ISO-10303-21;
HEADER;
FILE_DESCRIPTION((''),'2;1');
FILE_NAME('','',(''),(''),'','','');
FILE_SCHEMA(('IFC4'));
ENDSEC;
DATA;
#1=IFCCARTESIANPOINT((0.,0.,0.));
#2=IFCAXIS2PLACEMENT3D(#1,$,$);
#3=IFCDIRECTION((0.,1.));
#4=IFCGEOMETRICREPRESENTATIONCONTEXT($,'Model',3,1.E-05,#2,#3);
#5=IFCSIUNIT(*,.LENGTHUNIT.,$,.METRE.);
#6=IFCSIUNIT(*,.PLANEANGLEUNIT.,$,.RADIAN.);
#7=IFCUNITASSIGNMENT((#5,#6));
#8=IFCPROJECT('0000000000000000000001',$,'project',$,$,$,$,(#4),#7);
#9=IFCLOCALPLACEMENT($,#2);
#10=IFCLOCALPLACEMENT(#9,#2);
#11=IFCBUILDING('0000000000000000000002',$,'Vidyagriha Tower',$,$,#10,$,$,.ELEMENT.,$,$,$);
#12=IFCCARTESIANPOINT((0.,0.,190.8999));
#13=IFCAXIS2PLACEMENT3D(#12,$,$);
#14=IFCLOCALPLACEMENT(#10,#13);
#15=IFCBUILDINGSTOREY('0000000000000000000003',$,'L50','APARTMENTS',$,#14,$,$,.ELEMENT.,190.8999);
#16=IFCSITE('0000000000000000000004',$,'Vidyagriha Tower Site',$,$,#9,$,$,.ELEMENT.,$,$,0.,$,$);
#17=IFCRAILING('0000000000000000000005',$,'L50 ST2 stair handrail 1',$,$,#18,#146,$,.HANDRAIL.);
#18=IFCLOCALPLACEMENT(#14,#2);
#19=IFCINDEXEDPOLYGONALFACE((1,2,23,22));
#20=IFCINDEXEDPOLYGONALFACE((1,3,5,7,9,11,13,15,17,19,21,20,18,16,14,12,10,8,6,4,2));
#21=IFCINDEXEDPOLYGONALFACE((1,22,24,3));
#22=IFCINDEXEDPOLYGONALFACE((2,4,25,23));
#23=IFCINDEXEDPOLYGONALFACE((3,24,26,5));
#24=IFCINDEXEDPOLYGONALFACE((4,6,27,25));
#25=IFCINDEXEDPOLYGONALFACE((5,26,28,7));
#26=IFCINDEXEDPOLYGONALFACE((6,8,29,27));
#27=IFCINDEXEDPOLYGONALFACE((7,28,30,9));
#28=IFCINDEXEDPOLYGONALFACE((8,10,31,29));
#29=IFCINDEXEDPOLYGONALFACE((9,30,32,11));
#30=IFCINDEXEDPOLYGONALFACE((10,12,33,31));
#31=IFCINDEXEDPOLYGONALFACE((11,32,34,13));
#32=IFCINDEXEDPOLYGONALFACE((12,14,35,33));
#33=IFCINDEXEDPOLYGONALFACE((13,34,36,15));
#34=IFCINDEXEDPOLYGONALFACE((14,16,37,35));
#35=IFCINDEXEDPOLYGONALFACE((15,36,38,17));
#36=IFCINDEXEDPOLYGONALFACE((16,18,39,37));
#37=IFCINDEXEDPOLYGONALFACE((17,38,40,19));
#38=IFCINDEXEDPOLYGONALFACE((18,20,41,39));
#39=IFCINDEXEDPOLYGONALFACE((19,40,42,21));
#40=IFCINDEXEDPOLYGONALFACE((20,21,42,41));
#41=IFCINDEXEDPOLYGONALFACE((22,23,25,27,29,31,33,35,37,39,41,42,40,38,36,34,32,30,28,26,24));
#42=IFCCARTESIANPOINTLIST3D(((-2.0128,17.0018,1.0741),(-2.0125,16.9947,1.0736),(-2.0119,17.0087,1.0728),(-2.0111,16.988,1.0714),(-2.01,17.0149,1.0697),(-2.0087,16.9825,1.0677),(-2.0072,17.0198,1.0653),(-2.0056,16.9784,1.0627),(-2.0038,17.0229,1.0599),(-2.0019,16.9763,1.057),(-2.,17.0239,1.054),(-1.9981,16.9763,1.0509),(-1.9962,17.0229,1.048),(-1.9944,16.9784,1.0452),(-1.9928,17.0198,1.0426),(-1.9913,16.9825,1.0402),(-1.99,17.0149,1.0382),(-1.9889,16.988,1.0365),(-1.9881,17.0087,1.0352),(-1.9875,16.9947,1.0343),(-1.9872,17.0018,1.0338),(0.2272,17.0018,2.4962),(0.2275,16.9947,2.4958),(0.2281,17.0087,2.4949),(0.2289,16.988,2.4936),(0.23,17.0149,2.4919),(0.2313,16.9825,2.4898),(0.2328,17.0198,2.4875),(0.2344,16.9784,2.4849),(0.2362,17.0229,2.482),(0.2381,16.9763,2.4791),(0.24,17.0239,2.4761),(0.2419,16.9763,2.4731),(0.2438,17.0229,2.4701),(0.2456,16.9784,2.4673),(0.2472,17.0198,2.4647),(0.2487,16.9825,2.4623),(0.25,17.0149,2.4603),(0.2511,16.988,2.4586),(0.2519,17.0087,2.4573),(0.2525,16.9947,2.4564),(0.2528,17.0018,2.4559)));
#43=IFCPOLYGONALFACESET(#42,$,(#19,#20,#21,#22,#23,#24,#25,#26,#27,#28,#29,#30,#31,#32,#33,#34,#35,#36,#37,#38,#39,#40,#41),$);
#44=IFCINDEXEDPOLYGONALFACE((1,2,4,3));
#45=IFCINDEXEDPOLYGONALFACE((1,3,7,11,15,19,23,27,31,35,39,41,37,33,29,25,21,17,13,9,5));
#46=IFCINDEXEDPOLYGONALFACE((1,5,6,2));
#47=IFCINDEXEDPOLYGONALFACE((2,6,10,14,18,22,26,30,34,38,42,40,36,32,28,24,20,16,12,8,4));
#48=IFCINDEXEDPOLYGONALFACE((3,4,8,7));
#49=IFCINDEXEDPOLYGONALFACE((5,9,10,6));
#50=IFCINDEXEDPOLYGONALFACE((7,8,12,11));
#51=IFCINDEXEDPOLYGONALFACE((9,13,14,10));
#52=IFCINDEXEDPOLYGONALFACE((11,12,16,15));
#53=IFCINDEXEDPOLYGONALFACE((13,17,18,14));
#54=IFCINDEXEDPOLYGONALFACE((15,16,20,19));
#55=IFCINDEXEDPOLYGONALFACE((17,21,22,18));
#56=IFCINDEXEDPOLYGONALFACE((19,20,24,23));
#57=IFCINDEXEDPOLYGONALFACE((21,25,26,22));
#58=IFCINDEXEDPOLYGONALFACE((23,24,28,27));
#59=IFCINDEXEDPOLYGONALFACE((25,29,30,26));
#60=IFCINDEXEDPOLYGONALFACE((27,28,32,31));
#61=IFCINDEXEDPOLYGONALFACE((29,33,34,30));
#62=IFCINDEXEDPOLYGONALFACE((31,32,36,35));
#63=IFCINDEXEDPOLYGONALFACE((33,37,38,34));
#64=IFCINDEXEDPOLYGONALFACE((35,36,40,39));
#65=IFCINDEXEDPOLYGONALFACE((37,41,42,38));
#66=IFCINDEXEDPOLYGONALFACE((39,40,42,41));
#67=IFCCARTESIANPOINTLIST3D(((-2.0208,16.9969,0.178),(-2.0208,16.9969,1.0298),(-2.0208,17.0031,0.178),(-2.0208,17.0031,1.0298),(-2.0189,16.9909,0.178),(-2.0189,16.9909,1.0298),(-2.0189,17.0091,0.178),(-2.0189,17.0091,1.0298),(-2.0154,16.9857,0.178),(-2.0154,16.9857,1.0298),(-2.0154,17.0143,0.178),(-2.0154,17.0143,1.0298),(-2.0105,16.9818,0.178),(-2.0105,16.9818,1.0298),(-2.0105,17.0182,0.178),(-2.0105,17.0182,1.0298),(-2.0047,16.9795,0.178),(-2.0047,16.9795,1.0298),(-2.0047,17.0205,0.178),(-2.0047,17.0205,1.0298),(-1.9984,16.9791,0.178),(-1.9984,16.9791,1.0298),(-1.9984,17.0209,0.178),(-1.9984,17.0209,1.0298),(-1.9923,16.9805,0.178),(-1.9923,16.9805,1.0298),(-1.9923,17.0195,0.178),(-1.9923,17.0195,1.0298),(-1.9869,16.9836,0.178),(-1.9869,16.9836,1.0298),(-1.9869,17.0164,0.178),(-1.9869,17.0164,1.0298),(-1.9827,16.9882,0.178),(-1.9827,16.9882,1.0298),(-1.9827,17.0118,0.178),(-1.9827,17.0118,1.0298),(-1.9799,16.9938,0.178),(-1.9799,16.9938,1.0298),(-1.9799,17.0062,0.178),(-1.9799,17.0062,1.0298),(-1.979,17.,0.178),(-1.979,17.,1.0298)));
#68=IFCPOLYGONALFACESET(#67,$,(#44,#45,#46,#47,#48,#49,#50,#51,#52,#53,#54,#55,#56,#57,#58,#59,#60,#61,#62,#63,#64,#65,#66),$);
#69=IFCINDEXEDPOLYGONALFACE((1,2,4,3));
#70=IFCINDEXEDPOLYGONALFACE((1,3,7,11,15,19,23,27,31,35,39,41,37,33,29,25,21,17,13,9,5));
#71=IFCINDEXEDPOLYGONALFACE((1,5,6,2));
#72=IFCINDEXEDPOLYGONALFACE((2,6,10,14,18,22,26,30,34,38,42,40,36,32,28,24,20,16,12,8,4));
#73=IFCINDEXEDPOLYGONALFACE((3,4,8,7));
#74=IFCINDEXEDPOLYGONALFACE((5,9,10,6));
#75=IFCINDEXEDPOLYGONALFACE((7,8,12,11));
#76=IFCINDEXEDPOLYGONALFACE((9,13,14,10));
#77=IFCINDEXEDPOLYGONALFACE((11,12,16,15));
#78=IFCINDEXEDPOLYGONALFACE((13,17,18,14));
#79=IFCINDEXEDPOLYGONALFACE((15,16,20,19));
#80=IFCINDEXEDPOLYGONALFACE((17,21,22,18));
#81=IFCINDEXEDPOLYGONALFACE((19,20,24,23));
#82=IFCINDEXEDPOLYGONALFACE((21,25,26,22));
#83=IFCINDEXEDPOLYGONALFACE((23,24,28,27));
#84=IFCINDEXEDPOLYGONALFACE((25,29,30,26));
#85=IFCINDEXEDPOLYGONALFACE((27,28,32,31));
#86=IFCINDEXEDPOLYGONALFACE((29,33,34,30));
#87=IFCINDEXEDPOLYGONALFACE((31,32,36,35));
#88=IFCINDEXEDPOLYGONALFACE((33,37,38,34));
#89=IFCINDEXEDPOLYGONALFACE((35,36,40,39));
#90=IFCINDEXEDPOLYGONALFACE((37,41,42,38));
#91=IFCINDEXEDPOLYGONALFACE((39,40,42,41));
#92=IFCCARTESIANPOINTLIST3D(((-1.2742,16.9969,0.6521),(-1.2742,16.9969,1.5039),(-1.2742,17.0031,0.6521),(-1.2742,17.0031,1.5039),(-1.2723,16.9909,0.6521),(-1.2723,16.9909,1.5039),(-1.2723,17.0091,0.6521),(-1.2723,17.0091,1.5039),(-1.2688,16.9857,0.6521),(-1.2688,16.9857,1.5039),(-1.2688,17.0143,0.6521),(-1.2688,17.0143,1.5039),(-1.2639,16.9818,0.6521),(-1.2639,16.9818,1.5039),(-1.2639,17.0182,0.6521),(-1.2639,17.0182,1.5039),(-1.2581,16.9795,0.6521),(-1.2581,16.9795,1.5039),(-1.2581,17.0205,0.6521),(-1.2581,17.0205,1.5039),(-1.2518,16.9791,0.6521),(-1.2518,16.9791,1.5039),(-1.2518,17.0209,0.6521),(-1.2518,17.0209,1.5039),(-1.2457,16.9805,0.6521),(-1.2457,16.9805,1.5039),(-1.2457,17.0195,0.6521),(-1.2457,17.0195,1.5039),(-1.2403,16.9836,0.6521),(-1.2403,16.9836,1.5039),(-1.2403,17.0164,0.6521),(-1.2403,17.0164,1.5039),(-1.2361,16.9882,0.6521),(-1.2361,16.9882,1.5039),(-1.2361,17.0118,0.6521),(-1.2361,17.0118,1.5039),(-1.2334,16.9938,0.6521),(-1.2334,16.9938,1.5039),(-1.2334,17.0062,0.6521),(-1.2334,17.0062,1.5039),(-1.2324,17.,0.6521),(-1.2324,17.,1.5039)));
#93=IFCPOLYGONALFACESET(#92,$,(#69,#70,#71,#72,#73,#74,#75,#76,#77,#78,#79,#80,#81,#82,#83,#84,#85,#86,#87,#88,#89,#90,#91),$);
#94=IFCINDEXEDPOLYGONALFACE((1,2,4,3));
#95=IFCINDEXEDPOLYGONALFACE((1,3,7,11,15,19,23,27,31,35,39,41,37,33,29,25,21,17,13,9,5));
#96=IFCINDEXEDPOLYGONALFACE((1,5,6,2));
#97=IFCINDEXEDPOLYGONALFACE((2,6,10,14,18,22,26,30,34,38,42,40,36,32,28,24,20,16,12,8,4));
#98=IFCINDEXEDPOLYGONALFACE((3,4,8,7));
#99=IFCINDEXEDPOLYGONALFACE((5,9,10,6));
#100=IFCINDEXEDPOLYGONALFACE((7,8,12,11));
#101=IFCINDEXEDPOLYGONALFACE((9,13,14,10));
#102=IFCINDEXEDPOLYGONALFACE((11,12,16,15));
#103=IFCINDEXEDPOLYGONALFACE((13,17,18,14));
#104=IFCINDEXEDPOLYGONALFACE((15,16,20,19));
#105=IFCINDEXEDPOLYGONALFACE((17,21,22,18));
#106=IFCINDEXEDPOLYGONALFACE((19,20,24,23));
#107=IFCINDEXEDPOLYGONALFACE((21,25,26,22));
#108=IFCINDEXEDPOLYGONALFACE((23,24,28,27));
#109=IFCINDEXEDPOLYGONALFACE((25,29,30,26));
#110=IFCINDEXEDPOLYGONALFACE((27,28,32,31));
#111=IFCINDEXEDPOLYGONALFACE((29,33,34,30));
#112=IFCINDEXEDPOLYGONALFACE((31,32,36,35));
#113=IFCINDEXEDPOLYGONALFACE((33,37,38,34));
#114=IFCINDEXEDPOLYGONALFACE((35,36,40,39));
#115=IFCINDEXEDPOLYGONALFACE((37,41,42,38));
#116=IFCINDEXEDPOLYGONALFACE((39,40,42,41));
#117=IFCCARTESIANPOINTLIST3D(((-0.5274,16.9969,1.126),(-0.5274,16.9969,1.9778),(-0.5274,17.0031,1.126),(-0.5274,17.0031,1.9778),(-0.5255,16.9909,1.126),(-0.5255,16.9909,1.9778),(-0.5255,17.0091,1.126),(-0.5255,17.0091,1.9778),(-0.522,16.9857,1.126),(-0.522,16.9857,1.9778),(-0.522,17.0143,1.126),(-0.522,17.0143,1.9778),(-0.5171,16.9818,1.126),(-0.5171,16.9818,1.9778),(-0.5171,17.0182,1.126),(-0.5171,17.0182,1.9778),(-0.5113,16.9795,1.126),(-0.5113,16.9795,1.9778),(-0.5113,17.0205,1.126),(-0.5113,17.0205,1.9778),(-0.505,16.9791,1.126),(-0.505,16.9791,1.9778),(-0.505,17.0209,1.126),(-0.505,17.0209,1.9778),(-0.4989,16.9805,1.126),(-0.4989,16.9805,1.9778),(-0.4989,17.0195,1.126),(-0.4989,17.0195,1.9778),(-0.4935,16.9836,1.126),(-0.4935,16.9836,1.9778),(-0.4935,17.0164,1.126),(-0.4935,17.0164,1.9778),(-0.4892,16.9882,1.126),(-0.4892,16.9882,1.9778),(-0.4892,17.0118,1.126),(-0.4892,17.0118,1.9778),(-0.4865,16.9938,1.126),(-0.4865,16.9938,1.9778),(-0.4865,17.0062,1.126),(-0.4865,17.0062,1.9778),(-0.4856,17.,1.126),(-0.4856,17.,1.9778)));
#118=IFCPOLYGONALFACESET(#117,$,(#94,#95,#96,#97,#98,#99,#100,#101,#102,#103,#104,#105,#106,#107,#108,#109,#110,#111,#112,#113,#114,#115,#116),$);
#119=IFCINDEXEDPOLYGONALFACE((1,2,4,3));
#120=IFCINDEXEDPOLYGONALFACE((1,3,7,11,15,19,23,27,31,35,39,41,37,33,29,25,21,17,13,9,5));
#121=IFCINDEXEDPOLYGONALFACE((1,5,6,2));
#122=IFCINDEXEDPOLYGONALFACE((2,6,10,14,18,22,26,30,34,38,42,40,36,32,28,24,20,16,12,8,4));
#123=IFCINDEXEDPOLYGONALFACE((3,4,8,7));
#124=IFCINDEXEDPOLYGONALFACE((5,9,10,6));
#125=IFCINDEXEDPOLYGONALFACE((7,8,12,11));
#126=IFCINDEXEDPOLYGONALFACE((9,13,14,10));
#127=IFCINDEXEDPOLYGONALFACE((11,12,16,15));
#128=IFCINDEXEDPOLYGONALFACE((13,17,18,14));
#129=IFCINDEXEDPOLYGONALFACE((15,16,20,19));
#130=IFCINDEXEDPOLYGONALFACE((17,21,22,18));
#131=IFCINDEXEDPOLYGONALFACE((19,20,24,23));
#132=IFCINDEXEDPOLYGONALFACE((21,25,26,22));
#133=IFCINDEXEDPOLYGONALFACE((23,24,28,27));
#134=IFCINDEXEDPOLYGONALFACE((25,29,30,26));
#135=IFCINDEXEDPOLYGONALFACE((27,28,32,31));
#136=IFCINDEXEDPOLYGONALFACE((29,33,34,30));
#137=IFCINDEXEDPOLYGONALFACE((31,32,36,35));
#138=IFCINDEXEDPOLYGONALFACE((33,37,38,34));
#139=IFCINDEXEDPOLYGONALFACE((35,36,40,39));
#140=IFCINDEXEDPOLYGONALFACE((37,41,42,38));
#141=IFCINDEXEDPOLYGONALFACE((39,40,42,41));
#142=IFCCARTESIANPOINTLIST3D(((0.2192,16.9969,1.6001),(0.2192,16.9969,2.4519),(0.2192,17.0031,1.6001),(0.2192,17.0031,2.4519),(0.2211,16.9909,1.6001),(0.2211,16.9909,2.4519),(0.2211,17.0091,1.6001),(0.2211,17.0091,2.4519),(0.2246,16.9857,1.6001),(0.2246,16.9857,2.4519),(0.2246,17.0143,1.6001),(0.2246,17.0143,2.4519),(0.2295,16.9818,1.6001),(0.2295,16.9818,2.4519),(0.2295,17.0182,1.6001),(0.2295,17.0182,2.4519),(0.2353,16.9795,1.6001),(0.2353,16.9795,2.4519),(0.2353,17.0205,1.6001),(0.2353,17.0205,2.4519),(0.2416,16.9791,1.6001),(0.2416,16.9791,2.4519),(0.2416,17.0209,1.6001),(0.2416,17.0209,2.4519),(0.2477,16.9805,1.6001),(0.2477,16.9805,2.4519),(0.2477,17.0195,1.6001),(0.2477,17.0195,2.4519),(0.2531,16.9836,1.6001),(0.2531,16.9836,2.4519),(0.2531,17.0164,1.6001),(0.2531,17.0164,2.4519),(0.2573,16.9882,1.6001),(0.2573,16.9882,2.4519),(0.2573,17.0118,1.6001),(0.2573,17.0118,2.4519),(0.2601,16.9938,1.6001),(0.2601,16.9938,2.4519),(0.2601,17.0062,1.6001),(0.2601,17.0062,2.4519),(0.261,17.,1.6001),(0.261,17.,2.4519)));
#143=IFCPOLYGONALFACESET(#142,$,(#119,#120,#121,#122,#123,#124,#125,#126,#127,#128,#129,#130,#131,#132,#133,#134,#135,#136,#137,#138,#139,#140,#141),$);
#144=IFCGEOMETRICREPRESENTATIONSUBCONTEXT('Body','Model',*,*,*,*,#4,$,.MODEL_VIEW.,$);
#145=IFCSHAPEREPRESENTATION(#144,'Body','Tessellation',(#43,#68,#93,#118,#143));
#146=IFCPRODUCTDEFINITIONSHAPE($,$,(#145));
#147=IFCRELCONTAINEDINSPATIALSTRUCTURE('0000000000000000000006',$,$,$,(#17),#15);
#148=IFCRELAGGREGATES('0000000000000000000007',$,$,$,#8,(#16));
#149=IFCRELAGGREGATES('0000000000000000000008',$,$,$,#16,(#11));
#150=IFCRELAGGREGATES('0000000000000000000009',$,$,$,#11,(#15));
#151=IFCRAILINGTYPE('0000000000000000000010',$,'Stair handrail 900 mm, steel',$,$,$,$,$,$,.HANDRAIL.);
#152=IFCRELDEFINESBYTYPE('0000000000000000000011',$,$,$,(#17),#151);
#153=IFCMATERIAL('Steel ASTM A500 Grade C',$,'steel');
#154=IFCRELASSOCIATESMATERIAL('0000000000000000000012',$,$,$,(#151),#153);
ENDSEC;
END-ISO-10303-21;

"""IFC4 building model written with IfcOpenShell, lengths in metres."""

from ifc_helpers import new_model, si_unit, direction, frame, origin, origin_2d, place, context, subcontext, project, spatial, circle, extrude, material, type_object, element, save


model = new_model("IFC4")

# Units and contexts
model_context = context("Model", 3, precision=1e-05, world=origin(), true_north=direction((0.0, 1.0)))
body_context = subcontext(model_context, "Body", "Model", "MODEL_VIEW")
ifc_project = project(units=[si_unit("LENGTHUNIT", "METRE"), si_unit("PLANEANGLEUNIT", "RADIAN")], contexts=[model_context])

# Site, building, storey
site_placement = place(None, origin())
site = spatial("IfcSite", under=ifc_project, at=site_placement, Name="Vidyagriha Tower Site", CompositionType="ELEMENT", RefElevation=0.0)
building_placement = place(site_placement, origin())
building = spatial("IfcBuilding", under=site, at=building_placement, Name="Vidyagriha Tower", CompositionType="ELEMENT")
storey_placement = place(building_placement, frame((0.0, 0.0, 190.8999)))
storey = spatial("IfcBuildingStorey", under=building, at=storey_placement, Name="L50", Description="APARTMENTS", CompositionType="ELEMENT", Elevation=190.8999)

# Railing
ifc_material_1 = material(Name="Steel ASTM A500 Grade C", Category="steel")
railing_type_1 = type_object("IfcRailingType", Name="Stair handrail 900 mm, steel", PredefinedType="HANDRAIL", material=ifc_material_1)
railing_1_placement = place(storey_placement, frame((-2.0, 17.0, 0.178)))
element("IfcRailing", 1, at=railing_1_placement, inside=storey, type_object=railing_type_1, Name="L50 ST2 stair handrail 1", PredefinedType="HANDRAIL", context=body_context, shape_type="SweptSolid", body=[
    extrude(circle(Radius=0.0239, at=origin_2d()), frame((0.0, 0.0, 0.876), z_axis=(0.844229, 0.0, 0.535982), x_axis=(0.0, 1.0, 0.0)), (0.0, 0.0, 1.0), 2.6533),
    extrude(circle(Radius=0.021, at=origin_2d()), origin(), (0.0, 0.0, 1.0), 0.8518),
    extrude(circle(Radius=0.021, at=origin_2d()), frame((0.7466, 0.0, 0.4741)), (0.0, 0.0, 1.0), 0.8518),
    extrude(circle(Radius=0.021, at=origin_2d()), frame((1.4934, 0.0, 0.948)), (0.0, 0.0, 1.0), 0.8518),
    extrude(circle(Radius=0.021, at=origin_2d()), frame((2.24, 0.0, 1.4221)), (0.0, 0.0, 1.0), 0.8518),
])

save(model, "model.ifc")
